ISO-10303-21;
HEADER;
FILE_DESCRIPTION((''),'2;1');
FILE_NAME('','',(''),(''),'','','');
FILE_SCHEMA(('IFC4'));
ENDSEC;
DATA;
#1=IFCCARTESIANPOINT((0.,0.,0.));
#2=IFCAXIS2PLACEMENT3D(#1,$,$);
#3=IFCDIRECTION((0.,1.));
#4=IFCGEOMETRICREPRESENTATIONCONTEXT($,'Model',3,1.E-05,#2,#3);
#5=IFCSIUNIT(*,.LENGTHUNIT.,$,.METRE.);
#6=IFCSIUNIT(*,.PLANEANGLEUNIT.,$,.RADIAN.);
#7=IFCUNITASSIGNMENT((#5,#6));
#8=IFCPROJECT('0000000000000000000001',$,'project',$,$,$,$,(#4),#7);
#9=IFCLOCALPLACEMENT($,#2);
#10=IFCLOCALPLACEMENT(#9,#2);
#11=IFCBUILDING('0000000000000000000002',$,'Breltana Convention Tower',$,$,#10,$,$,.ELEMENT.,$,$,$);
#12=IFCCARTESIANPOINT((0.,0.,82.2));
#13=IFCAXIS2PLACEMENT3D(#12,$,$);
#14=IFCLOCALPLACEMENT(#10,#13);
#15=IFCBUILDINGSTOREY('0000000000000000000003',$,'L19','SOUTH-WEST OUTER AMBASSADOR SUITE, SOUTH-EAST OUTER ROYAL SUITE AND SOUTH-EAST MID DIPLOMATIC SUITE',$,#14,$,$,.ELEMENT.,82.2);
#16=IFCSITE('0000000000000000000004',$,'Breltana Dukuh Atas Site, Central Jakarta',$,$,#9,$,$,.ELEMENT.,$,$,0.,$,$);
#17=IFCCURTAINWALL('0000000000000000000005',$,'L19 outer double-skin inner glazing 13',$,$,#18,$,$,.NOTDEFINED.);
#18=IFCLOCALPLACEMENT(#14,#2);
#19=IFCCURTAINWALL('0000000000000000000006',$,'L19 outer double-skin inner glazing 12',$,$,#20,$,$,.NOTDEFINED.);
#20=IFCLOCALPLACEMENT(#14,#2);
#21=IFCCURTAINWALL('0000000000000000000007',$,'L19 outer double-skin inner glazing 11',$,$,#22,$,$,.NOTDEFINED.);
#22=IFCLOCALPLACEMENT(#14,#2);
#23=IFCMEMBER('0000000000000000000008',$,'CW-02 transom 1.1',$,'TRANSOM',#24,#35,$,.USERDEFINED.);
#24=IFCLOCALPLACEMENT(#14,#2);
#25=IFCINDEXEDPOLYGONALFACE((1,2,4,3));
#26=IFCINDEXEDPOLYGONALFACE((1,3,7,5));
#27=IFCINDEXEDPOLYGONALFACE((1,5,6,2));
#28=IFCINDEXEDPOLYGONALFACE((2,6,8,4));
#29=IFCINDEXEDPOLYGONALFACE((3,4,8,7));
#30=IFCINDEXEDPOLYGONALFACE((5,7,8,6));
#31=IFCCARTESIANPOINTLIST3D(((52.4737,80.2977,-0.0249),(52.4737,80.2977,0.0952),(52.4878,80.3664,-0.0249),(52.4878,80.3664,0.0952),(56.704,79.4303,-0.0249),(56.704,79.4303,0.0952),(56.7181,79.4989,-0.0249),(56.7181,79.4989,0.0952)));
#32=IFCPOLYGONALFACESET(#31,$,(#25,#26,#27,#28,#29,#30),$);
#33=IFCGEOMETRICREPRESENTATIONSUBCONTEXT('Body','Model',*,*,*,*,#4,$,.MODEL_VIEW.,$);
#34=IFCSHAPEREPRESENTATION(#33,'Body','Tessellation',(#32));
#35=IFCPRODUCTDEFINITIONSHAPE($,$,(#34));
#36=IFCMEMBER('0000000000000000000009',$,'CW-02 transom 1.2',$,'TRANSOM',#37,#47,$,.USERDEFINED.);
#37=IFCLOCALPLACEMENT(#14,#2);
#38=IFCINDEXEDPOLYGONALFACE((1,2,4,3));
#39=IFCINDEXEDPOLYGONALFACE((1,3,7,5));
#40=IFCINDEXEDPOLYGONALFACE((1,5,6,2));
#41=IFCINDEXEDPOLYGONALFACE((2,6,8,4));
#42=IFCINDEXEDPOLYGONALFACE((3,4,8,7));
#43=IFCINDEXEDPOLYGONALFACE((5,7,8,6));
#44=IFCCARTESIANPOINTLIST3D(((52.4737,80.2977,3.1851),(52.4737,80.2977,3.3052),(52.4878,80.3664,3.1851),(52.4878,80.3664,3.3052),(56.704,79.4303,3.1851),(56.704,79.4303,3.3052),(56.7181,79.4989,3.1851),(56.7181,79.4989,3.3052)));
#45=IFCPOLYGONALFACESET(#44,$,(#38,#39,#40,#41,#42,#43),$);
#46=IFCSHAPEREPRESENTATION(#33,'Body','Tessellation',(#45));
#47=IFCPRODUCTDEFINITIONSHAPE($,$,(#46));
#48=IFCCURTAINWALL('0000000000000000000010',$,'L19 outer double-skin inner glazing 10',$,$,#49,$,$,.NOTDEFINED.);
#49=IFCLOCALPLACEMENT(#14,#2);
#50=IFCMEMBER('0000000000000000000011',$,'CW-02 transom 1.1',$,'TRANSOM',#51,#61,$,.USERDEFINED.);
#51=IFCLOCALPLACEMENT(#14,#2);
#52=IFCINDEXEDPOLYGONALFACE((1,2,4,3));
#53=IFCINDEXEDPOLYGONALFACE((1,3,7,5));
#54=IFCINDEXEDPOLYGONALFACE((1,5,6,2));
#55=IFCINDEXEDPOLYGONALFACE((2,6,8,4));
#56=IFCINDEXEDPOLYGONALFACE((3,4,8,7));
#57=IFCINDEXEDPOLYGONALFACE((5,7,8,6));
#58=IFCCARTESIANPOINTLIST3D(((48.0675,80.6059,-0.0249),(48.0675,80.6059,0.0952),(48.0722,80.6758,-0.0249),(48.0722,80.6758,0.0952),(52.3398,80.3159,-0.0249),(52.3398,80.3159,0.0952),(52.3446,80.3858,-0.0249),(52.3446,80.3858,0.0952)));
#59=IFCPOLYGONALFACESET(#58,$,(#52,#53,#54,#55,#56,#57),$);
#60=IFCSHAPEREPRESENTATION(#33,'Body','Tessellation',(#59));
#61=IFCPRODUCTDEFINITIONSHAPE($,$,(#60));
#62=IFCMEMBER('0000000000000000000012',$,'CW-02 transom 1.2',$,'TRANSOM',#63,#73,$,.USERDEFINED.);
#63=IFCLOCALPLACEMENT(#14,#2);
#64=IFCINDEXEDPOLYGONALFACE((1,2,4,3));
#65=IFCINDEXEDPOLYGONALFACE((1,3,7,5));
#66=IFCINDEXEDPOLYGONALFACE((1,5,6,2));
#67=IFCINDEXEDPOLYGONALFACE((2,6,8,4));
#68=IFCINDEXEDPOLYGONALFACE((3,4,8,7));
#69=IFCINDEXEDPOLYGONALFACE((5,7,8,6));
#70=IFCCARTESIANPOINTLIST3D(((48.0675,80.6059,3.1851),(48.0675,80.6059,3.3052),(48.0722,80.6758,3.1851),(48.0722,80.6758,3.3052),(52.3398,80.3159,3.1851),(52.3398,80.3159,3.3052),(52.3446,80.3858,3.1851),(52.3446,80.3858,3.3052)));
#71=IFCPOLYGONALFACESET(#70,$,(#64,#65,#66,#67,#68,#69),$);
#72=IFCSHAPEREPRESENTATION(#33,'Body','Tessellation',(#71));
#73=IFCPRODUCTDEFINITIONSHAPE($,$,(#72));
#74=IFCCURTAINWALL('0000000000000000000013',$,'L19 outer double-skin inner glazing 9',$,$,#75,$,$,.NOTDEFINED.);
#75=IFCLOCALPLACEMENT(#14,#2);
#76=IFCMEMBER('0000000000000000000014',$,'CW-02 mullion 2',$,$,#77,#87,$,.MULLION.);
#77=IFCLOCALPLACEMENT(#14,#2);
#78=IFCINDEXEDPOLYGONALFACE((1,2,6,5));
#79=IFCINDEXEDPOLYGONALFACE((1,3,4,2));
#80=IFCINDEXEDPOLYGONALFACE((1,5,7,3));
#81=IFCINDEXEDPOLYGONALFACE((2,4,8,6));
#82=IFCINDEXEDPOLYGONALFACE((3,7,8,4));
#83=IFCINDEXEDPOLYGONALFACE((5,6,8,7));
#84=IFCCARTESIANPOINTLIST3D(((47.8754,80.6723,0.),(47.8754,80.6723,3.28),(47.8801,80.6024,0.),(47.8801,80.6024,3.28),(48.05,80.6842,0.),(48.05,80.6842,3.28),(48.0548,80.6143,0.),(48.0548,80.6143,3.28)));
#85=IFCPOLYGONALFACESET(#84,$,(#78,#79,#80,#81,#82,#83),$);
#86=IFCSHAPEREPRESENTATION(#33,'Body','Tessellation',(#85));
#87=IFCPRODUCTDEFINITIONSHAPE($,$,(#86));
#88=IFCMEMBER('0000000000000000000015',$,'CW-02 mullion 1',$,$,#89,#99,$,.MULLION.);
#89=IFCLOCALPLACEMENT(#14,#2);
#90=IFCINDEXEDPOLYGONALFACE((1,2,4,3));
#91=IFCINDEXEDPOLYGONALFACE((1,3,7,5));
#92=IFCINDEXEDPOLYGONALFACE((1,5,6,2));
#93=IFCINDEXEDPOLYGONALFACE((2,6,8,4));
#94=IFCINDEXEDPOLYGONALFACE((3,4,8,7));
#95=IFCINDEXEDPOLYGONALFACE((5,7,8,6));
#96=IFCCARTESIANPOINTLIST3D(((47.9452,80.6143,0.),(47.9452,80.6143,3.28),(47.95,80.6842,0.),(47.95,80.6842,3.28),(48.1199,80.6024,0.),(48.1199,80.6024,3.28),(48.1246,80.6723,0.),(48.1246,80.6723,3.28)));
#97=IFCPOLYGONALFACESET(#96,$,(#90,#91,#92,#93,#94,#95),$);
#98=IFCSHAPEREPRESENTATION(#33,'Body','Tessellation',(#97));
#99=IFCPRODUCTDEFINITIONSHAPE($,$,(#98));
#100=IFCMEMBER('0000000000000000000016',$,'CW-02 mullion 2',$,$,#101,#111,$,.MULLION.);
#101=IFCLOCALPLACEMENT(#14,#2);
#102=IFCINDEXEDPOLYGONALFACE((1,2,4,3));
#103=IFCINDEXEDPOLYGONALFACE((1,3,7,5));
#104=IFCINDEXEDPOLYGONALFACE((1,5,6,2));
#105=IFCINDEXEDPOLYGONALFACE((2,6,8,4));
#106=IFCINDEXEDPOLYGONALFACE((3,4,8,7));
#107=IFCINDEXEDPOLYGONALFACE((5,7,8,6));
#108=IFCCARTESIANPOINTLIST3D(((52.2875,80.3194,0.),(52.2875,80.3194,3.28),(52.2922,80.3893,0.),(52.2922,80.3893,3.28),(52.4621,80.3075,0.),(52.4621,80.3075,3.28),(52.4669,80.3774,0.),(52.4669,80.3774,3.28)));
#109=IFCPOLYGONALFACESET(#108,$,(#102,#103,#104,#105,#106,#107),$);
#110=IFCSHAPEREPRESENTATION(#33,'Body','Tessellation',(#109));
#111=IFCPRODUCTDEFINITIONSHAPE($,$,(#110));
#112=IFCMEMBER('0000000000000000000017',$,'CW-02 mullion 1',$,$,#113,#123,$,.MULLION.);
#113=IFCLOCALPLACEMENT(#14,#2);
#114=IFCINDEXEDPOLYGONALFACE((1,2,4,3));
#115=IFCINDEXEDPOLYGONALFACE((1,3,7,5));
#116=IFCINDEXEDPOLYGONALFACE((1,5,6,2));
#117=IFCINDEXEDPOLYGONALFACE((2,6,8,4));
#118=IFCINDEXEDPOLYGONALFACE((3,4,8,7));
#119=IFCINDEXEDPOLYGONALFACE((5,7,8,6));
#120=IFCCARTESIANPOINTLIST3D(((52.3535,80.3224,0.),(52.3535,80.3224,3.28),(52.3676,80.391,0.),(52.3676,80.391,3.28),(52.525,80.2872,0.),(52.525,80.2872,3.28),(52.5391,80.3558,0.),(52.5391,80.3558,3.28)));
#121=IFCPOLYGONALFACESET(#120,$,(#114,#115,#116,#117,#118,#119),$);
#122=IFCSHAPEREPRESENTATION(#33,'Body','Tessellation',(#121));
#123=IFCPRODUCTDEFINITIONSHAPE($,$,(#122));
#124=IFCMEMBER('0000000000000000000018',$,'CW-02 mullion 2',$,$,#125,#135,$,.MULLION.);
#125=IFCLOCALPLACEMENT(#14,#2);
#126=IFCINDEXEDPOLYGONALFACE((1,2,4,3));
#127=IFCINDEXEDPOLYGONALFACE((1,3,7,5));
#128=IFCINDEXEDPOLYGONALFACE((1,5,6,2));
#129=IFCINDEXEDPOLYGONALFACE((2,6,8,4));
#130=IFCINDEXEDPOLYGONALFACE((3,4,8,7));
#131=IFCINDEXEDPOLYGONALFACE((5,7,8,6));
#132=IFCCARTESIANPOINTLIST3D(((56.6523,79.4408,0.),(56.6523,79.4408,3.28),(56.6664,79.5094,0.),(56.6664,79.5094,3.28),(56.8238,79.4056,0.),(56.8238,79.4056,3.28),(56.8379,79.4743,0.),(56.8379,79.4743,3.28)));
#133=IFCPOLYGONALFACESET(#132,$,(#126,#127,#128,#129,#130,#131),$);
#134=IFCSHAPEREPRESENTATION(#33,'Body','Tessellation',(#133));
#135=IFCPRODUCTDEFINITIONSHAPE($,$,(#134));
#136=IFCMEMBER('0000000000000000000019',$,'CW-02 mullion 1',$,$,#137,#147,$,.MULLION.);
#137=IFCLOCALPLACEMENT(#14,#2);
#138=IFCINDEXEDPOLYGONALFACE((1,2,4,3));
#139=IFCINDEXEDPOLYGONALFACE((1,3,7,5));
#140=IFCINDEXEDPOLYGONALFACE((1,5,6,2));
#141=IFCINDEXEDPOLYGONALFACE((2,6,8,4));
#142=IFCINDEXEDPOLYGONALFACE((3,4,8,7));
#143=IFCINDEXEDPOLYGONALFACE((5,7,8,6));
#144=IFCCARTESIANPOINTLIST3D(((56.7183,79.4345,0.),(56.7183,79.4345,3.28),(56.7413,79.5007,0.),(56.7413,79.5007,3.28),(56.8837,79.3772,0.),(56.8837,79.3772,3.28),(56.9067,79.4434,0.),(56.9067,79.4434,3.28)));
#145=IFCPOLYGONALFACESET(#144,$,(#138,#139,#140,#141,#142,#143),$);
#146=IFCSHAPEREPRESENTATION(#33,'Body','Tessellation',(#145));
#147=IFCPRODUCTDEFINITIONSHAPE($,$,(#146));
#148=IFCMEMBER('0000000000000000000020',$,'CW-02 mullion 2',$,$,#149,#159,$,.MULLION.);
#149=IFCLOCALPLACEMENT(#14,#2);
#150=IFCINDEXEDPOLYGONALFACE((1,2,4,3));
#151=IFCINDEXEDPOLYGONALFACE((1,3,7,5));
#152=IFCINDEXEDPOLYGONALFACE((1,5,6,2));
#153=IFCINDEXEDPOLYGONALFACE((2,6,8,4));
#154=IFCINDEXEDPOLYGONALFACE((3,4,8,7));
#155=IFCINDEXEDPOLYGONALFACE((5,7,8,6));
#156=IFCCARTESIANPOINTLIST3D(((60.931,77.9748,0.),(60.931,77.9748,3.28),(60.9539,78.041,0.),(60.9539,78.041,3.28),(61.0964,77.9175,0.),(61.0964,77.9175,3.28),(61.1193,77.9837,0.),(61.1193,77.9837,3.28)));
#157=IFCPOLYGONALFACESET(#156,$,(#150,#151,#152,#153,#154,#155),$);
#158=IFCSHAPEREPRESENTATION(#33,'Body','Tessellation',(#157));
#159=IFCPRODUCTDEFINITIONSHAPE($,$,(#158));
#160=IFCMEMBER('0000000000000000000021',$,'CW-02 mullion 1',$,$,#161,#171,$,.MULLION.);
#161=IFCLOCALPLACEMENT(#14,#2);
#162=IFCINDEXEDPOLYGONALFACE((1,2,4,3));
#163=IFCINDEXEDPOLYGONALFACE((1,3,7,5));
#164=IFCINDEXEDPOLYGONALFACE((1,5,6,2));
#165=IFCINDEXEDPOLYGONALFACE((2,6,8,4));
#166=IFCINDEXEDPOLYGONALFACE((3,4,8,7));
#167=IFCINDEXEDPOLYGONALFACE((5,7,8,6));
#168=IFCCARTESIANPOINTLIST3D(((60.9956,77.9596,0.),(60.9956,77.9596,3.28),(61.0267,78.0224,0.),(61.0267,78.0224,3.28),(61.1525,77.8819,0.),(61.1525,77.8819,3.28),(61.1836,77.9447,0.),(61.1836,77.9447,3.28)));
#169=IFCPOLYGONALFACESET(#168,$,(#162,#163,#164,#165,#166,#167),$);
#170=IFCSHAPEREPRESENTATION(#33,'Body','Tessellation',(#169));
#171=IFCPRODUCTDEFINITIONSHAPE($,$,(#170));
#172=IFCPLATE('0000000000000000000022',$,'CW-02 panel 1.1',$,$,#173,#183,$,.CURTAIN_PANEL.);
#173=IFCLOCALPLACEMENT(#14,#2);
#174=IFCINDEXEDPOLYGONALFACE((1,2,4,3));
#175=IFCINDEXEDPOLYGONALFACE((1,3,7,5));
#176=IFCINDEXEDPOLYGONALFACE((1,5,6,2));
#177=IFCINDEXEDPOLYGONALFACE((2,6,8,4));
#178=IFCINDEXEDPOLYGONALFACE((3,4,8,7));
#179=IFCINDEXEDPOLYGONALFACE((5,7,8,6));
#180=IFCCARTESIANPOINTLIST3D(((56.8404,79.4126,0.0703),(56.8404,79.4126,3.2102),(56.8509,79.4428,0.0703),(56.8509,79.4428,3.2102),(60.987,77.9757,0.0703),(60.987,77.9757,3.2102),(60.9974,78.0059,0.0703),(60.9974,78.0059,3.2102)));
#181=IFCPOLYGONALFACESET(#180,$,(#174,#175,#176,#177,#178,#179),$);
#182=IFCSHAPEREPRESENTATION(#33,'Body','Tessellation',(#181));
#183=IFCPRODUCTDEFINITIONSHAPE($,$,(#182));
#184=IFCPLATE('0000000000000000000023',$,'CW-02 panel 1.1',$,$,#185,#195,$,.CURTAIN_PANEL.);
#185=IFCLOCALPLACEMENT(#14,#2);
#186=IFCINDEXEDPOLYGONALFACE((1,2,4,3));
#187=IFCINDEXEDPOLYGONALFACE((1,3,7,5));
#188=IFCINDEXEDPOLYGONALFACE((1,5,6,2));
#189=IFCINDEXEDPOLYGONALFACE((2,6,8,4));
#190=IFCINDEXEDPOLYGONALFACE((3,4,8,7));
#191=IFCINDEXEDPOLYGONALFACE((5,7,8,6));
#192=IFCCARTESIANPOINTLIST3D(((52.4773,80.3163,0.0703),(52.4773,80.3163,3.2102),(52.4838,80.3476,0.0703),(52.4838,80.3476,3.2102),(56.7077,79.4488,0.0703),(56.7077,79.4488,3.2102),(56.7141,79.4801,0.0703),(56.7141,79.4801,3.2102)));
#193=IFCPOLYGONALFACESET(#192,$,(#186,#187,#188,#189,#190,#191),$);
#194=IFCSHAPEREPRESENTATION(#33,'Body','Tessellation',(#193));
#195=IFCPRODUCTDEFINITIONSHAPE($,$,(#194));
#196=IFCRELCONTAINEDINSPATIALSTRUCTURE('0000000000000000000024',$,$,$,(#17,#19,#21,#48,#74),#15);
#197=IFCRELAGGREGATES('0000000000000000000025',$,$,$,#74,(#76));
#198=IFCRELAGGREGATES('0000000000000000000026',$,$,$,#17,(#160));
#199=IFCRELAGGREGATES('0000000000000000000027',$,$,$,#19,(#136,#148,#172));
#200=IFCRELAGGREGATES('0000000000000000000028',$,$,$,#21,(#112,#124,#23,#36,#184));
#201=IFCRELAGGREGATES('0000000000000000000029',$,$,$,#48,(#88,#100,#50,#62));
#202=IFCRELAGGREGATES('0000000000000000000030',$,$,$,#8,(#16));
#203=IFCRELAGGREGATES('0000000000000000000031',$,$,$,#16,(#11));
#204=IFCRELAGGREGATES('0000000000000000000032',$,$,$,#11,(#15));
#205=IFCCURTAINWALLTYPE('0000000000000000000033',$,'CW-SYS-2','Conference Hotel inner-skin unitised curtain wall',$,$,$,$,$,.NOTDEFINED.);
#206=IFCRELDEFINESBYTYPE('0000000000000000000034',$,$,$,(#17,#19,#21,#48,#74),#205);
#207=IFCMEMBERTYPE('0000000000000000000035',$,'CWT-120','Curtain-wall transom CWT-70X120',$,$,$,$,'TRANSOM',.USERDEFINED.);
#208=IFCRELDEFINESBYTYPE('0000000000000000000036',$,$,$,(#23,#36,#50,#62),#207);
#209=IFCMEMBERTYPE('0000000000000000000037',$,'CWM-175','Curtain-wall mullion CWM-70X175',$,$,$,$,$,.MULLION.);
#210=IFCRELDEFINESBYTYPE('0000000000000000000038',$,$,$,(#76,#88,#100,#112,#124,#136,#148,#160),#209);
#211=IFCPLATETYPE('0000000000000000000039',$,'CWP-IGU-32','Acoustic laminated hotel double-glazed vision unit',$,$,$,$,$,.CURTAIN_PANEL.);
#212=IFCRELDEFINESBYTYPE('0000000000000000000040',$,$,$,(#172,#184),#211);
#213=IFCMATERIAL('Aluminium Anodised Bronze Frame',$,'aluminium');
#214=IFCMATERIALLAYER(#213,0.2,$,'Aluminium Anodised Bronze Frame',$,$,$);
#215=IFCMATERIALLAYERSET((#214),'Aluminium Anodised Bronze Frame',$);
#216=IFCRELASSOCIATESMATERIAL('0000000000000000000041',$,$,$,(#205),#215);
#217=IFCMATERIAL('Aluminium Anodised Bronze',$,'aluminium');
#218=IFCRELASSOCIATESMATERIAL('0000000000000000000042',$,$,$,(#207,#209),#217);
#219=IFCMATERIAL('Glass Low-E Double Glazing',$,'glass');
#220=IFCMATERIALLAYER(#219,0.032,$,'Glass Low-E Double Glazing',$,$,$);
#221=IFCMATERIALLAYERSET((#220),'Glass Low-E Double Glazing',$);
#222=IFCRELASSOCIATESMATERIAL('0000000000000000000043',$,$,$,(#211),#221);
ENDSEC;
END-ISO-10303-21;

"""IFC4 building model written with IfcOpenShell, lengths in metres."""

from ifc_helpers import new_model, si_unit, direction, frame, origin, origin_2d, place, context, subcontext, project, spatial, rectangle, extrude, source, transform, mapped, material, layer, layer_set, material_profile, profile_set, type_object, element, aggregate, save


model = new_model("IFC4")

# Units and contexts
model_context = context("Model", 3, precision=1e-05, world=origin(), true_north=direction((0.0, 1.0)))
body_context = subcontext(model_context, "Body", "Model", "MODEL_VIEW")
ifc_project = project(units=[si_unit("LENGTHUNIT", "METRE"), si_unit("PLANEANGLEUNIT", "RADIAN")], contexts=[model_context])

# Site, building, storey
site_placement = place(None, origin())
site = spatial("IfcSite", under=ifc_project, at=site_placement, Name="Breltana Dukuh Atas Site, Central Jakarta", CompositionType="ELEMENT", RefElevation=0.0)
building_placement = place(site_placement, origin())
building = spatial("IfcBuilding", under=site, at=building_placement, Name="Breltana Convention Tower", CompositionType="ELEMENT")
storey_placement = place(building_placement, frame((0.0, 0.0, 82.2)))
storey = spatial("IfcBuildingStorey", under=building, at=storey_placement, Name="L19", Description="SOUTH-WEST OUTER AMBASSADOR SUITE, SOUTH-EAST OUTER ROYAL SUITE AND SOUTH-EAST MID DIPLOMATIC SUITE", CompositionType="ELEMENT", Elevation=82.2)

# Curtain walls, members
ifc_material_1 = material(Name="Aluminium Anodised Bronze Frame", Category="aluminium")
ifc_layer_1 = layer(ifc_material_1, 0.2, Name="Aluminium Anodised Bronze Frame")
ifc_layer_set_1 = layer_set([ifc_layer_1], Name="Aluminium Anodised Bronze Frame")
curtain_wall_type = type_object("IfcCurtainWallType", Name="CW-SYS-2", Description="Conference Hotel inner-skin unitised curtain wall", PredefinedType="NOTDEFINED", material=ifc_layer_set_1)
curtain_wall_1_placement = place(storey_placement, origin())
curtain_wall_1 = element("IfcCurtainWall", 1, at=curtain_wall_1_placement, inside=storey, type_object=curtain_wall_type, Name="L19 outer double-skin inner glazing 13", PredefinedType="NOTDEFINED")
ifc_material_2 = material(Name="Aluminium Anodised Bronze", Category="aluminium")
ifc_material_profile_1 = material_profile(ifc_material_2, rectangle(XDim=0.0701, YDim=0.1201, at=origin_2d()), Name="CWT-70X120")
ifc_profile_set_1 = profile_set([ifc_material_profile_1], Name="Aluminium Anodised Bronze")
member_type_1 = type_object("IfcMemberType", Name="CWT-120", Description="Curtain-wall transom CWT-70X120", ElementType="TRANSOM", PredefinedType="USERDEFINED", material=ifc_profile_set_1)
curtain_wall_2_placement = place(storey_placement, origin())
curtain_wall_2 = element("IfcCurtainWall", 2, at=curtain_wall_2_placement, inside=storey, type_object=curtain_wall_type, Name="L19 outer double-skin inner glazing 12", PredefinedType="NOTDEFINED")
curtain_wall_3_placement = place(storey_placement, origin())
curtain_wall_3 = element("IfcCurtainWall", 3, at=curtain_wall_3_placement, inside=storey, type_object=curtain_wall_type, Name="L19 outer double-skin inner glazing 11", PredefinedType="NOTDEFINED")
shared_shape_1 = source(origin(), body_context, "Body", "SweptSolid", [
    extrude(rectangle(XDim=0.0701, YDim=0.1201, at=origin_2d()), origin(), (0.0, 0.0, 1.0), 4.3184),
])
member_1_placement = place(storey_placement, frame((52.4807, 80.332, 0.0352), z_axis=(0.979617, -0.200876, 0.0), x_axis=(0.200876, 0.979617, 0.0)))
member_1 = element("IfcMember", 4, at=member_1_placement, type_object=member_type_1, Name="CW-02 transom 1.1", ObjectType="TRANSOM", PredefinedType="USERDEFINED", context=body_context, shape_type="MappedRepresentation", body=[
    mapped(shared_shape_1, transform((0.0, 0.0, 0.0), scale=1.0)),
])
member_2_placement = place(storey_placement, frame((52.4807, 80.332, 3.2451), z_axis=(0.979617, -0.200876, 0.0), x_axis=(0.200876, 0.979617, 0.0)))
member_2 = element("IfcMember", 5, at=member_2_placement, type_object=member_type_1, Name="CW-02 transom 1.2", ObjectType="TRANSOM", PredefinedType="USERDEFINED", context=body_context, shape_type="MappedRepresentation", body=[
    mapped(shared_shape_1, transform((0.0, 0.0, 0.0), scale=1.0)),
])
curtain_wall_4_placement = place(storey_placement, origin())
curtain_wall_4 = element("IfcCurtainWall", 6, at=curtain_wall_4_placement, inside=storey, type_object=curtain_wall_type, Name="L19 outer double-skin inner glazing 10", PredefinedType="NOTDEFINED")
shared_shape_2 = source(origin(), body_context, "Body", "SweptSolid", [
    extrude(rectangle(XDim=0.0701, YDim=0.1201, at=origin_2d()), origin(), (0.0, 0.0, 1.0), 4.2822),
])
member_3_placement = place(storey_placement, frame((48.0698, 80.6409, 0.0352), z_axis=(0.997704, -0.06773, 0.0), x_axis=(0.06773, 0.997704, 0.0)))
member_3 = element("IfcMember", 7, at=member_3_placement, type_object=member_type_1, Name="CW-02 transom 1.1", ObjectType="TRANSOM", PredefinedType="USERDEFINED", context=body_context, shape_type="MappedRepresentation", body=[
    mapped(shared_shape_2, transform((0.0, 0.0, 0.0), scale=1.0)),
])
member_4_placement = place(storey_placement, frame((48.0698, 80.6409, 3.2451), z_axis=(0.997704, -0.06773, 0.0), x_axis=(0.06773, 0.997704, 0.0)))
member_4 = element("IfcMember", 8, at=member_4_placement, type_object=member_type_1, Name="CW-02 transom 1.2", ObjectType="TRANSOM", PredefinedType="USERDEFINED", context=body_context, shape_type="MappedRepresentation", body=[
    mapped(shared_shape_2, transform((0.0, 0.0, 0.0), scale=1.0)),
])

# Curtain wall, member
curtain_wall_5_placement = place(storey_placement, origin())
curtain_wall_5 = element("IfcCurtainWall", 9, at=curtain_wall_5_placement, inside=storey, type_object=curtain_wall_type, Name="L19 outer double-skin inner glazing 9", PredefinedType="NOTDEFINED")
ifc_material_profile_2 = material_profile(ifc_material_2, rectangle(XDim=0.0701, YDim=0.175, at=origin_2d()), Name="CWM-70X175")
ifc_profile_set_2 = profile_set([ifc_material_profile_2], Name="Aluminium Anodised Bronze")
member_type_2 = type_object("IfcMemberType", Name="CWM-175", Description="Curtain-wall mullion CWM-70X175", PredefinedType="MULLION", material=ifc_profile_set_2)
shared_shape_3 = source(origin(), body_context, "Body", "SweptSolid", [
    extrude(rectangle(XDim=0.0701, YDim=0.175, at=origin_2d()), origin(), (0.0, 0.0, 1.0), 3.28),
])
member_5_placement = place(storey_placement, frame((47.9651, 80.6433, 0.0), z_axis=(0.0, 0.0, 1.0), x_axis=(-0.067726, 0.997704, 0.0)))
member_5 = element("IfcMember", 10, at=member_5_placement, type_object=member_type_2, Name="CW-02 mullion 2", PredefinedType="MULLION", context=body_context, shape_type="MappedRepresentation", body=[
    mapped(shared_shape_3, transform((0.0, 0.0, 0.0), scale=1.0)),
])
aggregate(curtain_wall_5, [member_5])

# Members
member_6_placement = place(storey_placement, frame((48.0349, 80.6433, 0.0), z_axis=(0.0, 0.0, 1.0), x_axis=(0.067726, 0.997704, 0.0)))
member_6 = element("IfcMember", 11, at=member_6_placement, type_object=member_type_2, Name="CW-02 mullion 1", PredefinedType="MULLION", context=body_context, shape_type="MappedRepresentation", body=[
    mapped(shared_shape_3, transform((0.0, 0.0, 0.0), scale=1.0)),
])
member_7_placement = place(storey_placement, frame((52.3772, 80.3484, 0.0), z_axis=(0.0, 0.0, 1.0), x_axis=(0.067726, 0.997704, 0.0)))
member_7 = element("IfcMember", 12, at=member_7_placement, type_object=member_type_2, Name="CW-02 mullion 2", PredefinedType="MULLION", context=body_context, shape_type="MappedRepresentation", body=[
    mapped(shared_shape_3, transform((0.0, 0.0, 0.0), scale=1.0)),
])
member_8_placement = place(storey_placement, frame((52.4463, 80.3391, 0.0), z_axis=(0.0, 0.0, 1.0), x_axis=(0.200885, 0.979615, 0.0)))
member_8 = element("IfcMember", 13, at=member_8_placement, type_object=member_type_2, Name="CW-02 mullion 1", PredefinedType="MULLION", context=body_context, shape_type="MappedRepresentation", body=[
    mapped(shared_shape_3, transform((0.0, 0.0, 0.0), scale=1.0)),
])
member_9_placement = place(storey_placement, frame((56.7451, 79.4575, 0.0), z_axis=(0.0, 0.0, 1.0), x_axis=(0.200885, 0.979615, 0.0)))
member_9 = element("IfcMember", 14, at=member_9_placement, type_object=member_type_2, Name="CW-02 mullion 2", PredefinedType="MULLION", context=body_context, shape_type="MappedRepresentation", body=[
    mapped(shared_shape_3, transform((0.0, 0.0, 0.0), scale=1.0)),
])
member_10_placement = place(storey_placement, frame((56.8125, 79.439, 0.0), z_axis=(0.0, 0.0, 1.0), x_axis=(0.327428, 0.944876, 0.0)))
member_10 = element("IfcMember", 15, at=member_10_placement, type_object=member_type_2, Name="CW-02 mullion 1", PredefinedType="MULLION", context=body_context, shape_type="MappedRepresentation", body=[
    mapped(shared_shape_3, transform((0.0, 0.0, 0.0), scale=1.0)),
])
member_11_placement = place(storey_placement, frame((61.0251, 77.9792, 0.0), z_axis=(0.0, 0.0, 1.0), x_axis=(0.327428, 0.944876, 0.0)))
member_11 = element("IfcMember", 16, at=member_11_placement, type_object=member_type_2, Name="CW-02 mullion 2", PredefinedType="MULLION", context=body_context, shape_type="MappedRepresentation", body=[
    mapped(shared_shape_3, transform((0.0, 0.0, 0.0), scale=1.0)),
])
member_12_placement = place(storey_placement, frame((61.0896, 77.9521, 0.0), z_axis=(0.0, 0.0, 1.0), x_axis=(0.444108, 0.895973, 0.0)))
member_12 = element("IfcMember", 17, at=member_12_placement, type_object=member_type_2, Name="CW-02 mullion 1", PredefinedType="MULLION", context=body_context, shape_type="MappedRepresentation", body=[
    mapped(shared_shape_3, transform((0.0, 0.0, 0.0), scale=1.0)),
])
aggregate(curtain_wall_1, [member_12])

# Plates
ifc_material_3 = material(Name="Glass Low-E Double Glazing", Category="glass")
ifc_layer_2 = layer(ifc_material_3, 0.032, Name="Glass Low-E Double Glazing")
ifc_layer_set_2 = layer_set([ifc_layer_2], Name="Glass Low-E Double Glazing")
plate_type = type_object("IfcPlateType", Name="CWP-IGU-32", Description="Acoustic laminated hotel double-glazed vision unit", PredefinedType="CURTAIN_PANEL", material=ifc_layer_set_2)
shared_shape_4 = source(origin(), body_context, "Body", "SweptSolid", [
    extrude(rectangle(XDim=4.3884, YDim=0.032, at=origin_2d()), origin(), (0.0, 0.0, 1.0), 3.1399),
])
plate_1_placement = place(storey_placement, frame((58.9189, 78.7092, 0.0703), z_axis=(0.0, 0.0, 1.0), x_axis=(0.944876, -0.327428, 0.0)))
plate_1 = element("IfcPlate", 18, at=plate_1_placement, type_object=plate_type, Name="CW-02 panel 1.1", PredefinedType="CURTAIN_PANEL", context=body_context, shape_type="MappedRepresentation", body=[
    mapped(shared_shape_4, transform((0.0, 0.0, 0.0), scale=1.0)),
])
aggregate(curtain_wall_2, [member_10, member_11, plate_1])
shared_shape_5 = source(origin(), body_context, "Body", "SweptSolid", [
    extrude(rectangle(XDim=4.3184, YDim=0.032, at=origin_2d()), origin(), (0.0, 0.0, 1.0), 3.1399),
])
plate_2_placement = place(storey_placement, frame((54.5957, 79.8982, 0.0703), z_axis=(0.0, 0.0, 1.0), x_axis=(0.979615, -0.200885, 0.0)))
plate_2 = element("IfcPlate", 19, at=plate_2_placement, type_object=plate_type, Name="CW-02 panel 1.1", PredefinedType="CURTAIN_PANEL", context=body_context, shape_type="MappedRepresentation", body=[
    mapped(shared_shape_5, transform((0.0, 0.0, 0.0), scale=1.0)),
])
aggregate(curtain_wall_3, [member_8, member_9, member_1, member_2, plate_2])
aggregate(curtain_wall_4, [member_6, member_7, member_3, member_4])

save(model, "model.ifc")
